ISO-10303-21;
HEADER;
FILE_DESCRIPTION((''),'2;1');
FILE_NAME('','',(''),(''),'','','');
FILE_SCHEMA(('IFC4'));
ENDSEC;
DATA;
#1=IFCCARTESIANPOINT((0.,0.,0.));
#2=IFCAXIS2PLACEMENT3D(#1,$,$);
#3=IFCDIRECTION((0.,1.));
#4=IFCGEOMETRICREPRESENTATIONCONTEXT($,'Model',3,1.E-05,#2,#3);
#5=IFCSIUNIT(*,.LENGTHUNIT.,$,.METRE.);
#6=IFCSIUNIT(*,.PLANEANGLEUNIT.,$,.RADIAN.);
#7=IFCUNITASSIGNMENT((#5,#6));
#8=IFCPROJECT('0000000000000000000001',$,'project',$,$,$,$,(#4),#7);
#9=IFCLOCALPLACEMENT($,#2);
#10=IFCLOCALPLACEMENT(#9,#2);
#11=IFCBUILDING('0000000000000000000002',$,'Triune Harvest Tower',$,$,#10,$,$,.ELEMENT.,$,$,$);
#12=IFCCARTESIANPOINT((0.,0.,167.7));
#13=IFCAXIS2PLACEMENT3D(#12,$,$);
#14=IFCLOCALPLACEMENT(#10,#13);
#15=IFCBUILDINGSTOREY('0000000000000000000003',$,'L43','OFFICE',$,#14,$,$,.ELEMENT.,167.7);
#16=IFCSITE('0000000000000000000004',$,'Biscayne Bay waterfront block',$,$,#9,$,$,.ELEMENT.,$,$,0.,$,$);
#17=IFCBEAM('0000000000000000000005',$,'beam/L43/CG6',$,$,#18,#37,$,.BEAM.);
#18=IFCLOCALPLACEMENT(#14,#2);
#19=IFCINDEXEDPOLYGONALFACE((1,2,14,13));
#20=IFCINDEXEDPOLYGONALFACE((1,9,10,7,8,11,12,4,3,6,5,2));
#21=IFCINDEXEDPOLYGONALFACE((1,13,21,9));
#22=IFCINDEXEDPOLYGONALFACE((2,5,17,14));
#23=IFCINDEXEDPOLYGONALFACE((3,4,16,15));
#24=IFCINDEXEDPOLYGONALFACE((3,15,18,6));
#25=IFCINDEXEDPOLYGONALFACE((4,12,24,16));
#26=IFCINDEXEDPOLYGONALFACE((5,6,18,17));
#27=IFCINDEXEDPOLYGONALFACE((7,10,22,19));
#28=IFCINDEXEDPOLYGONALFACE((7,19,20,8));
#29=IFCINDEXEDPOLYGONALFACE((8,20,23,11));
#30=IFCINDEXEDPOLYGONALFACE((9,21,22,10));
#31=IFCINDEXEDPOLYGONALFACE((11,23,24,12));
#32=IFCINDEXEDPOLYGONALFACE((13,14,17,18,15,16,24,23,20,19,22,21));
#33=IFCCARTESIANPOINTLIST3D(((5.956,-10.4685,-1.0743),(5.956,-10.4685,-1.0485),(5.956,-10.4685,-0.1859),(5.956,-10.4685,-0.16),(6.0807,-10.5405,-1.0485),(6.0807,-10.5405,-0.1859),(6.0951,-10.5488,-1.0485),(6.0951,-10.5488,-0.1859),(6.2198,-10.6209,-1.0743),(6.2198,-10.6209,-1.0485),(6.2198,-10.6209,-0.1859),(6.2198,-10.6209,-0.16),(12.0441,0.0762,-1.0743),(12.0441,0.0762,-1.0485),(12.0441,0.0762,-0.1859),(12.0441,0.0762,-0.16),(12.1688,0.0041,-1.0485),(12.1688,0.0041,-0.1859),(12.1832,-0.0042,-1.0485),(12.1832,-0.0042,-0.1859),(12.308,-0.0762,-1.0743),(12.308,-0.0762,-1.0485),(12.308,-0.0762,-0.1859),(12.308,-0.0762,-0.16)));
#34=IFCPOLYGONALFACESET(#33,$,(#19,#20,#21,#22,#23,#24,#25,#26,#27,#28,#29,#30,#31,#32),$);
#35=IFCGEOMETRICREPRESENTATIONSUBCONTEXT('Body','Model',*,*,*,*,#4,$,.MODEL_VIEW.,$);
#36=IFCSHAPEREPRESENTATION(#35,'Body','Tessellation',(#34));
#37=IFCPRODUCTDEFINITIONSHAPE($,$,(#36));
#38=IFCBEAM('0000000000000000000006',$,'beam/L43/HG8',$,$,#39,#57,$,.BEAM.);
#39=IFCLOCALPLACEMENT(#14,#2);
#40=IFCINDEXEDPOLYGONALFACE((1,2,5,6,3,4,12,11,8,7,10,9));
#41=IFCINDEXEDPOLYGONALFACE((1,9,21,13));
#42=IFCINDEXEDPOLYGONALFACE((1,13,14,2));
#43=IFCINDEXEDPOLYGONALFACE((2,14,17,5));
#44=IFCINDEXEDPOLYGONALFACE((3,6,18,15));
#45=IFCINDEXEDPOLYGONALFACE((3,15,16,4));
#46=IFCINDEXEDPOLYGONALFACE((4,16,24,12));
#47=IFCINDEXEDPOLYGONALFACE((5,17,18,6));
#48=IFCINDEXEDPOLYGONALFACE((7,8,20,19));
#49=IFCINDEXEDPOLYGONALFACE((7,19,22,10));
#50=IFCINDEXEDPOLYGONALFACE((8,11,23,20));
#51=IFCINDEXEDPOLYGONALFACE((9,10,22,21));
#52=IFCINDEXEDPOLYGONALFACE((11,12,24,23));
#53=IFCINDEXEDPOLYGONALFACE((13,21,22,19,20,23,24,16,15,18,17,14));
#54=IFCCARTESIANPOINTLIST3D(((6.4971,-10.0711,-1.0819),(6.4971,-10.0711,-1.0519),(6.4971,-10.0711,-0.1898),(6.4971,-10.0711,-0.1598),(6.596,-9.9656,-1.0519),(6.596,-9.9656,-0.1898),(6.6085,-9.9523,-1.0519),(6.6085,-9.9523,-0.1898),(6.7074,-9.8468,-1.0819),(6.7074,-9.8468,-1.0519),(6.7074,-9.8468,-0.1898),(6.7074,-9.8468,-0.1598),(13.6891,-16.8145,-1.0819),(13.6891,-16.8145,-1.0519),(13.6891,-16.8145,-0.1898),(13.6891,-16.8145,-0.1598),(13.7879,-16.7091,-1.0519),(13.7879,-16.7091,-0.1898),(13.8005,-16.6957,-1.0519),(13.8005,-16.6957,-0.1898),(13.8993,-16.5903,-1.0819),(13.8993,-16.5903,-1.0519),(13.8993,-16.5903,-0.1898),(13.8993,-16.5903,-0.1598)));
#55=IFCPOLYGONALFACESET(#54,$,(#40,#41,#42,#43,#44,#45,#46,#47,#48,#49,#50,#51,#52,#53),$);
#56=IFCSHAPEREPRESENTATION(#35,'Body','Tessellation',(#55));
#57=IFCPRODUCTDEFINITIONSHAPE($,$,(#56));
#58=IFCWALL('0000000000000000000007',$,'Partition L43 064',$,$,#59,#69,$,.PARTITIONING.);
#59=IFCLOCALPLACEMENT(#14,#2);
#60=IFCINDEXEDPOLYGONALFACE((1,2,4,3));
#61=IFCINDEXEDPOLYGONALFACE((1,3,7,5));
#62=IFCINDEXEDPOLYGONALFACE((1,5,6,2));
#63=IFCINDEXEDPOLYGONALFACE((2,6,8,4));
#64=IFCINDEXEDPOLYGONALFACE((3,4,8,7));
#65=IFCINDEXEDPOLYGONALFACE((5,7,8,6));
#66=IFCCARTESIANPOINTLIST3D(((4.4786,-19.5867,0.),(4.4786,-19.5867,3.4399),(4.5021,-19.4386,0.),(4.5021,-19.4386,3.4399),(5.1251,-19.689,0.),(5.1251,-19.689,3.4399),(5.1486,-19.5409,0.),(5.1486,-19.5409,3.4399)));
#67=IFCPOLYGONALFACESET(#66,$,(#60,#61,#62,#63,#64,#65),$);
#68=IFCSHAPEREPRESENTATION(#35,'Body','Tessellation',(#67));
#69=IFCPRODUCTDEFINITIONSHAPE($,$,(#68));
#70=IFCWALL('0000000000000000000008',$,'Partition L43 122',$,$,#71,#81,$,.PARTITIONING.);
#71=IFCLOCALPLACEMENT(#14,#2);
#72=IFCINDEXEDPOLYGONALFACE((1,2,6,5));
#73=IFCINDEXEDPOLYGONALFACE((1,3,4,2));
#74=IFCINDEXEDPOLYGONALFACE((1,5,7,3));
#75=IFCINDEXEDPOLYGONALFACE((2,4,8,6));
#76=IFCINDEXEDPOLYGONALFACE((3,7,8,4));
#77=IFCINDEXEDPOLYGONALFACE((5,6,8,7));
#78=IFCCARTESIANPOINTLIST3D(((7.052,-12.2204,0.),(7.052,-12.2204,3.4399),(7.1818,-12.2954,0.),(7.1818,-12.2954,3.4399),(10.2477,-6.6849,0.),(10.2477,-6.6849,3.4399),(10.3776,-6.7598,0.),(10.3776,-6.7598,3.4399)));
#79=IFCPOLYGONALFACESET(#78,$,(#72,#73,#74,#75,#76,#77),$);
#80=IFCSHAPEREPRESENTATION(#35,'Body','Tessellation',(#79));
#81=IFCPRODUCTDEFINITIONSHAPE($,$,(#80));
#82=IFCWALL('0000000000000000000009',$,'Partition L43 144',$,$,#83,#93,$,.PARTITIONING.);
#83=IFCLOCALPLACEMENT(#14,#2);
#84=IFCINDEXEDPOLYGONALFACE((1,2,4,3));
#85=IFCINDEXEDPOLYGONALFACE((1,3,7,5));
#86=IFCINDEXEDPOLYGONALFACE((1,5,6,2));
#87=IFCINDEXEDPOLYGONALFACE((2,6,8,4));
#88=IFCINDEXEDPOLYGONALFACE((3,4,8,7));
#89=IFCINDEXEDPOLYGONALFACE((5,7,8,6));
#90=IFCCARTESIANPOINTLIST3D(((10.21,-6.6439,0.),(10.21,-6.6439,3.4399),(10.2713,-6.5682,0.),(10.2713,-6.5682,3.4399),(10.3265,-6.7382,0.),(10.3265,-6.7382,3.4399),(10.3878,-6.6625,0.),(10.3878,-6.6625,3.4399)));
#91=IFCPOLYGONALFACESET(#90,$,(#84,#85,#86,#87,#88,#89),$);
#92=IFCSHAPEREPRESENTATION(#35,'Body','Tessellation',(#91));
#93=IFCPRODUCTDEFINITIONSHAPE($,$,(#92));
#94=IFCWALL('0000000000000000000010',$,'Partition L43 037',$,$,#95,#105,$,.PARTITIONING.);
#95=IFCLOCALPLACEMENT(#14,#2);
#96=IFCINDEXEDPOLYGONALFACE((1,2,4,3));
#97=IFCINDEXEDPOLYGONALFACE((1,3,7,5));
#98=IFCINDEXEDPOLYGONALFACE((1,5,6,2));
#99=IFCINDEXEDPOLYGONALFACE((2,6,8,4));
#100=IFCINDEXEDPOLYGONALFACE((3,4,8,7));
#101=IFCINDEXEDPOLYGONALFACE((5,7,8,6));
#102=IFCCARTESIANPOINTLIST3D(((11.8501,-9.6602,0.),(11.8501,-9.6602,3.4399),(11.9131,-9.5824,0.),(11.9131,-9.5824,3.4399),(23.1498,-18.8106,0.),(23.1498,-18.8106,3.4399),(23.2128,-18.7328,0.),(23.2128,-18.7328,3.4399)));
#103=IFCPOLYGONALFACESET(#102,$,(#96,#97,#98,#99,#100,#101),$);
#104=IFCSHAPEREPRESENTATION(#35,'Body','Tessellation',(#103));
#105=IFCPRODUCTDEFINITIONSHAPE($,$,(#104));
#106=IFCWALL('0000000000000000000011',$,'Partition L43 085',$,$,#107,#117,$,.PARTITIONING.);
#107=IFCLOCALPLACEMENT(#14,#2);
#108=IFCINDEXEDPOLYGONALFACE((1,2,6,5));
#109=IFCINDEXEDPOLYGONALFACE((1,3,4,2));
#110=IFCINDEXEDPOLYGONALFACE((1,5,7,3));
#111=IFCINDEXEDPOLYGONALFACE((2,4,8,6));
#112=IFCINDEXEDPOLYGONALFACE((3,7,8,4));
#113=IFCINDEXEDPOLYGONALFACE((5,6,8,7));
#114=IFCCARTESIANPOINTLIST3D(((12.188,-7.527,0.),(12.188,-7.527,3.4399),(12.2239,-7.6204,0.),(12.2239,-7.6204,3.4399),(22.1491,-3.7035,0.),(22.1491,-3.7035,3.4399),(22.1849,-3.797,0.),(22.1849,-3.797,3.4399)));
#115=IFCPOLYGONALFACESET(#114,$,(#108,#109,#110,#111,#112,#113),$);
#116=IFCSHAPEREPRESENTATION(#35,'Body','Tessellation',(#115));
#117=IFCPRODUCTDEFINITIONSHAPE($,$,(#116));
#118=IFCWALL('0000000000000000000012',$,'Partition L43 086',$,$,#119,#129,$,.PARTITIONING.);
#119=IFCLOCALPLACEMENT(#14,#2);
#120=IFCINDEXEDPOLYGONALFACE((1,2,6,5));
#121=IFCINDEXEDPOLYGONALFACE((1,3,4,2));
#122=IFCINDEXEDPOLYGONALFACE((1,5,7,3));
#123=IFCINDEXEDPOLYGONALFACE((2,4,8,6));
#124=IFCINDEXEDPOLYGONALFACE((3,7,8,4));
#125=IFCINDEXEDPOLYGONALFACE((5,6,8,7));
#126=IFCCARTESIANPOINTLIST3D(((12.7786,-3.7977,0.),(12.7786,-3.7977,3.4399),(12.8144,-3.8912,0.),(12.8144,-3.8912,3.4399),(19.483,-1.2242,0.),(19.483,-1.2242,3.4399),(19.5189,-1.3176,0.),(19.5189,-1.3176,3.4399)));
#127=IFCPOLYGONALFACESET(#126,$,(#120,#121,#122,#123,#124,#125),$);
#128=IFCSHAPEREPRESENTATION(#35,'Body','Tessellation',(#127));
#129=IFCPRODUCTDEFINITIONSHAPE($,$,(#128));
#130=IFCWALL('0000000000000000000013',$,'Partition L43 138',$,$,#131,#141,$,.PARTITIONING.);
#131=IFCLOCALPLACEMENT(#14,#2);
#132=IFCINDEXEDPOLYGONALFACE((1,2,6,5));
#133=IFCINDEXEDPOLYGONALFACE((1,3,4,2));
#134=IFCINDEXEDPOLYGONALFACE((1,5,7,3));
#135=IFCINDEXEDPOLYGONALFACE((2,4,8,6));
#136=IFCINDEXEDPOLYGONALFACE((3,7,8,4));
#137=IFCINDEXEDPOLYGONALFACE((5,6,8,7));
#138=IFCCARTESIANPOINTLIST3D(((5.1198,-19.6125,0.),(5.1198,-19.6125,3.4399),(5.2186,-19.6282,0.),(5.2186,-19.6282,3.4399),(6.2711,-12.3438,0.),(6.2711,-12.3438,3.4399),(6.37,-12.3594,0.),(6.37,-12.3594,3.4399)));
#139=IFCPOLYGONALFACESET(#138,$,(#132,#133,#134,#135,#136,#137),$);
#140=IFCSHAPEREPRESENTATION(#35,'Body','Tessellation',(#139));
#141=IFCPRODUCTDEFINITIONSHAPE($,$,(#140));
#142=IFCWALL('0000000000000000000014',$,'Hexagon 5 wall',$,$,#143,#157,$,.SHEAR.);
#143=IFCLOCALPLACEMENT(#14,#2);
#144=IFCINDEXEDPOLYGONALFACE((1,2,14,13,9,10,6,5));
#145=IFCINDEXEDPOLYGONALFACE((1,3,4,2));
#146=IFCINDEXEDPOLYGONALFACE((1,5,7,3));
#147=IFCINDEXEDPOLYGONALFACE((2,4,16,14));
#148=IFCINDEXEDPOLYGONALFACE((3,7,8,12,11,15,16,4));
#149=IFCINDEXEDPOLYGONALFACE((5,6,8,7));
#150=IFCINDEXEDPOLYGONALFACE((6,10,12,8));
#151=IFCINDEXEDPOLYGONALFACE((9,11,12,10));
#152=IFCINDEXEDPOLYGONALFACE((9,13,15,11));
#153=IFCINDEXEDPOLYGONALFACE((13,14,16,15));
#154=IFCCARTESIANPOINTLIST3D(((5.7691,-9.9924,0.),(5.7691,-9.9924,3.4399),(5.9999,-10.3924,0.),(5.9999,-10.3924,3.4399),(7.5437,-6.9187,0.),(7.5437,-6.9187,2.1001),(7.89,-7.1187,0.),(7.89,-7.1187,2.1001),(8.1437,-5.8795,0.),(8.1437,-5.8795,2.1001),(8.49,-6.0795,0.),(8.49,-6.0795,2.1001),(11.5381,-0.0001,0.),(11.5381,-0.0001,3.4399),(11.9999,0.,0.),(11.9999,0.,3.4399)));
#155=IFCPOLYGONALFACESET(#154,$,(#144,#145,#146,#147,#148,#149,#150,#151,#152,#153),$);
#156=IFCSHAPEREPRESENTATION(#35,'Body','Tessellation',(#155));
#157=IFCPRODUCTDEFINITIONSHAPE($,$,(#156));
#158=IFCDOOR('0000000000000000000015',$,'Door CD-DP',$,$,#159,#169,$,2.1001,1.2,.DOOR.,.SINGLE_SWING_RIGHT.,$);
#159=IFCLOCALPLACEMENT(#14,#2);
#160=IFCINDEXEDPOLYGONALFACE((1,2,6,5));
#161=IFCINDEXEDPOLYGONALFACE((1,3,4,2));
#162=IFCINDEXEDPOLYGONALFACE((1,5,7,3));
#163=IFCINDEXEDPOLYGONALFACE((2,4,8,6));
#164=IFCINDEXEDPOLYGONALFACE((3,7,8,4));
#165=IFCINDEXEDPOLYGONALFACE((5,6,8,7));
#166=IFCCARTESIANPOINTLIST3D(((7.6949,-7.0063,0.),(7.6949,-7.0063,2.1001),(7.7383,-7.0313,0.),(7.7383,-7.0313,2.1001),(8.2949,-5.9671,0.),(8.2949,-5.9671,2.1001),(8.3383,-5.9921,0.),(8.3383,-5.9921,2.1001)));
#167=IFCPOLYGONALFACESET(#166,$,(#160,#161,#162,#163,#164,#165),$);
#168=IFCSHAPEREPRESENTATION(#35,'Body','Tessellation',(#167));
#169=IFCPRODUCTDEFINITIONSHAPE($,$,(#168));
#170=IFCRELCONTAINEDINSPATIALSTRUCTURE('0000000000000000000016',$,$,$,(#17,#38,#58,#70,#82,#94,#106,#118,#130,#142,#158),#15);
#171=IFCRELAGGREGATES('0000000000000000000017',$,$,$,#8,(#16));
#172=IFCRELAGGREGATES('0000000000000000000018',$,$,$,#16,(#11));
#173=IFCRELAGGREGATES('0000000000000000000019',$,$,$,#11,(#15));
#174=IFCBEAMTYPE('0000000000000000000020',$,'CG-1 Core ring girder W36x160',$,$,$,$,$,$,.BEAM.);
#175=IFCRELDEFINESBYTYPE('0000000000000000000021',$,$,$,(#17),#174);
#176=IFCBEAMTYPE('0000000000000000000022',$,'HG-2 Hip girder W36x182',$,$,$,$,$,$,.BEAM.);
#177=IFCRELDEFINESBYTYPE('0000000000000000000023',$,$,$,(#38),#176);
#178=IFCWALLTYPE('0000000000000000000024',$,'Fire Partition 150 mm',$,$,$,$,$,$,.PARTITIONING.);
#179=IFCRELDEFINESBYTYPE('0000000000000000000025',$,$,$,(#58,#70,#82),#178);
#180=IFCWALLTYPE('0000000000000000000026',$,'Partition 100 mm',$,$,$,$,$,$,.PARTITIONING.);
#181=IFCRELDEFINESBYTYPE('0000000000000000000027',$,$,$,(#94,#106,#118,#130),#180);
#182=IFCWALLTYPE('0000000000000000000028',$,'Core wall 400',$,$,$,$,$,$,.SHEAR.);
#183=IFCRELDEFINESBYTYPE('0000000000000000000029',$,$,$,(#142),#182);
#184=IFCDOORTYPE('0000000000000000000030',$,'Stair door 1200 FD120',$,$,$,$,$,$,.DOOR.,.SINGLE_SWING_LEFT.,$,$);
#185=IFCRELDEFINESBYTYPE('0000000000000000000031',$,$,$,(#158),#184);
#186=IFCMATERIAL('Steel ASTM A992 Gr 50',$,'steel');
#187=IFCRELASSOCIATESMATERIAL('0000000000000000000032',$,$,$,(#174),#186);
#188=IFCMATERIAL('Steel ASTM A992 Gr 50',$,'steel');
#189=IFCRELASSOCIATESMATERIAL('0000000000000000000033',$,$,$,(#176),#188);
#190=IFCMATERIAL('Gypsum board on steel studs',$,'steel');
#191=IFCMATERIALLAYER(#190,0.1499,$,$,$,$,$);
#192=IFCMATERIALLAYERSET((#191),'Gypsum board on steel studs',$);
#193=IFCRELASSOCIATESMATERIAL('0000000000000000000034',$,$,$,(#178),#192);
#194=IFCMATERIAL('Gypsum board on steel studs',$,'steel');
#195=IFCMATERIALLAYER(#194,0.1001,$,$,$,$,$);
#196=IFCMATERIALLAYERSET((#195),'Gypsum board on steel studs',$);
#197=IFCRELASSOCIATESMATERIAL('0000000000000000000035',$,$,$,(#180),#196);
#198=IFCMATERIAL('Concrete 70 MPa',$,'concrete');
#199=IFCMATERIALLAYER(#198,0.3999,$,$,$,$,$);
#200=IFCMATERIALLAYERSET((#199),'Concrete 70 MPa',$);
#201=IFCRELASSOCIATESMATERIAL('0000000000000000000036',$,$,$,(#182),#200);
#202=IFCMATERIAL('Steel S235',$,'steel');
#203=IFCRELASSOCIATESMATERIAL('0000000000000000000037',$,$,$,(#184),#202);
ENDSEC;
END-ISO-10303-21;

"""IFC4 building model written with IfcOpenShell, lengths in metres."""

from ifc_helpers import new_model, si_unit, direction, frame, frame_2d, origin, origin_2d, place, context, subcontext, project, spatial, polyline, rectangle, i_section, outline, extrude, source, transform, mapped, material, layer, layer_set, material_profile, profile_set, type_object, element, fill, save


model = new_model("IFC4")

# Units and contexts
model_context = context("Model", 3, precision=1e-05, world=origin(), true_north=direction((0.0, 1.0)))
body_context = subcontext(model_context, "Body", "Model", "MODEL_VIEW")
ifc_project = project(units=[si_unit("LENGTHUNIT", "METRE"), si_unit("PLANEANGLEUNIT", "RADIAN")], contexts=[model_context])

# Site, building, storey
site_placement = place(None, origin())
site = spatial("IfcSite", under=ifc_project, at=site_placement, Name="Biscayne Bay waterfront block", CompositionType="ELEMENT", RefElevation=0.0)
building_placement = place(site_placement, origin())
building = spatial("IfcBuilding", under=site, at=building_placement, Name="Triune Harvest Tower", CompositionType="ELEMENT")
storey_placement = place(building_placement, frame((0.0, 0.0, 167.7)))
storey = spatial("IfcBuildingStorey", under=building, at=storey_placement, Name="L43", Description="OFFICE", CompositionType="ELEMENT", Elevation=167.7)

# Beams
ifc_material_1 = material(Name="Steel ASTM A992 Gr 50", Category="steel")
ifc_material_profile_1 = material_profile(ifc_material_1, i_section(OverallWidth=0.3047, OverallDepth=0.9143, WebThickness=0.0166, FlangeThickness=0.0259, at=origin_2d()), Name="W36x160")
ifc_profile_set_1 = profile_set([ifc_material_profile_1], Name="Steel ASTM A992 Gr 50")
beam_type_1 = type_object("IfcBeamType", Name="CG-1 Core ring girder W36x160", PredefinedType="BEAM", material=ifc_profile_set_1)
shared_shape_1 = source(origin(), body_context, "Body", "SweptSolid", [
    extrude(i_section(OverallWidth=0.3047, OverallDepth=0.9143, WebThickness=0.0166, FlangeThickness=0.0259, at=origin_2d()), origin(), (0.0, 0.0, 1.0), 12.176),
])
beam_1_placement = place(storey_placement, frame((6.0879, -10.5447, -0.6172), z_axis=(0.50001, 0.86602, 0.0), x_axis=(-0.86602, 0.50001, 0.0)))
element("IfcBeam", 1, at=beam_1_placement, inside=storey, type_object=beam_type_1, Name="beam/L43/CG6", PredefinedType="BEAM", context=body_context, shape_type="MappedRepresentation", body=[
    mapped(shared_shape_1, transform((0.0, 0.0, 0.0), scale=1.0)),
])
ifc_material_2 = material(Name="Steel ASTM A992 Gr 50", Category="steel")
ifc_material_profile_2 = material_profile(ifc_material_2, i_section(OverallWidth=0.3074, OverallDepth=0.9221, WebThickness=0.0183, FlangeThickness=0.03, at=origin_2d()), Name="W36x182")
ifc_profile_set_2 = profile_set([ifc_material_profile_2], Name="Steel ASTM A992 Gr 50")
beam_type_2 = type_object("IfcBeamType", Name="HG-2 Hip girder W36x182", PredefinedType="BEAM", material=ifc_profile_set_2)
shared_shape_2 = source(origin(), body_context, "Body", "SweptSolid", [
    extrude(i_section(OverallWidth=0.3074, OverallDepth=0.9221, WebThickness=0.0183, FlangeThickness=0.03, at=origin_2d()), origin(), (0.0, 0.0, 1.0), 9.8589),
])
beam_2_placement = place(storey_placement, frame((13.7942, -16.7024, -0.6208), z_axis=(-0.729486, 0.683995, 0.0), x_axis=(-0.683995, -0.729486, 0.0)))
element("IfcBeam", 2, at=beam_2_placement, inside=storey, type_object=beam_type_2, Name="beam/L43/HG8", PredefinedType="BEAM", context=body_context, shape_type="MappedRepresentation", body=[
    mapped(shared_shape_2, transform((0.0, 0.0, 0.0), scale=1.0)),
])

# Walls
ifc_material_3 = material(Name="Gypsum board on steel studs", Category="steel")
ifc_layer_1 = layer(ifc_material_3, 0.1499)
ifc_layer_set_1 = layer_set([ifc_layer_1], Name="Gypsum board on steel studs")
wall_type_1 = type_object("IfcWallType", Name="Fire Partition 150 mm", PredefinedType="PARTITIONING", material=ifc_layer_set_1)
wall_1_placement = place(storey_placement, frame((4.4905, -19.5127, 0.0), z_axis=(0.0, 0.0, 1.0), x_axis=(0.987711, -0.156288, 0.0)))
element("IfcWall", 3, at=wall_1_placement, inside=storey, type_object=wall_type_1, Name="Partition L43 064", PredefinedType="PARTITIONING", context=body_context, shape_type="SweptSolid", body=[
    extrude(rectangle(XDim=0.6545, YDim=0.1499, at=frame_2d((0.3271, 0.0))), origin(), (0.0, 0.0, 1.0), 3.4399),
])
wall_2_placement = place(storey_placement, frame((7.1169, -12.2578, 0.0), z_axis=(0.0, 0.0, 1.0), x_axis=(0.499976, 0.866039, 0.0)))
element("IfcWall", 4, at=wall_2_placement, inside=storey, type_object=wall_type_1, Name="Partition L43 122", PredefinedType="PARTITIONING", context=body_context, shape_type="SweptSolid", body=[
    extrude(rectangle(XDim=6.3918, YDim=0.1499, at=frame_2d((3.1958, 0.0))), origin(), (0.0, 0.0, 1.0), 3.4399),
])
wall_3_placement = place(storey_placement, frame((10.3296, -6.6152, 0.0), z_axis=(0.0, 0.0, 1.0), x_axis=(-0.62927, -0.777186, 0.0)))
element("IfcWall", 5, at=wall_3_placement, inside=storey, type_object=wall_type_1, Name="Partition L43 144", PredefinedType="PARTITIONING", context=body_context, shape_type="SweptSolid", body=[
    extrude(rectangle(XDim=0.0974, YDim=0.1499, at=frame_2d((0.0488, 0.0))), origin(), (0.0, 0.0, 1.0), 3.4399),
])
ifc_material_4 = material(Name="Gypsum board on steel studs", Category="steel")
ifc_layer_2 = layer(ifc_material_4, 0.1001)
ifc_layer_set_2 = layer_set([ifc_layer_2], Name="Gypsum board on steel studs")
wall_type_2 = type_object("IfcWallType", Name="Partition 100 mm", PredefinedType="PARTITIONING", material=ifc_layer_set_2)
wall_4_placement = place(storey_placement, frame((11.8816, -9.6213, 0.0), z_axis=(0.0, 0.0, 1.0), x_axis=(0.777146, -0.62932, 0.0)))
element("IfcWall", 6, at=wall_4_placement, inside=storey, type_object=wall_type_2, Name="Partition L43 037", PredefinedType="PARTITIONING", context=body_context, shape_type="SweptSolid", body=[
    extrude(rectangle(XDim=14.54, YDim=0.1001, at=frame_2d((7.27, 0.0))), origin(), (0.0, 0.0, 1.0), 3.4399),
])
wall_5_placement = place(storey_placement, frame((12.2058, -7.5737, 0.0), z_axis=(0.0, 0.0, 1.0), x_axis=(0.933588, 0.358347, 0.0)))
element("IfcWall", 7, at=wall_5_placement, inside=storey, type_object=wall_type_2, Name="Partition L43 085", PredefinedType="PARTITIONING", context=body_context, shape_type="SweptSolid", body=[
    extrude(rectangle(XDim=10.6697, YDim=0.1001, at=frame_2d((5.335, 0.0))), origin(), (0.0, 0.0, 1.0), 3.4399),
])
wall_6_placement = place(storey_placement, frame((12.7964, -3.8445, 0.0), z_axis=(0.0, 0.0, 1.0), x_axis=(0.933584, 0.358359, 0.0)))
element("IfcWall", 8, at=wall_6_placement, inside=storey, type_object=wall_type_2, Name="Partition L43 086", PredefinedType="PARTITIONING", context=body_context, shape_type="SweptSolid", body=[
    extrude(rectangle(XDim=7.1814, YDim=0.1001, at=frame_2d((3.5908, 0.0))), origin(), (0.0, 0.0, 1.0), 3.4399),
])
wall_7_placement = place(storey_placement, frame((5.1692, -19.6204, 0.0), z_axis=(0.0, 0.0, 1.0), x_axis=(0.156448, 0.987686, 0.0)))
element("IfcWall", 9, at=wall_7_placement, inside=storey, type_object=wall_type_2, Name="Partition L43 138", PredefinedType="PARTITIONING", context=body_context, shape_type="SweptSolid", body=[
    extrude(rectangle(XDim=7.3594, YDim=0.1001, at=frame_2d((3.6797, 0.0))), origin(), (0.0, 0.0, 1.0), 3.4399),
])

# Wall, opening, door
ifc_material_5 = material(Name="Concrete 70 MPa", Category="concrete")
ifc_layer_3 = layer(ifc_material_5, 0.3999)
ifc_layer_set_3 = layer_set([ifc_layer_3], Name="Concrete 70 MPa")
wall_type_3 = type_object("IfcWallType", Name="Core wall 400", PredefinedType="SHEAR", material=ifc_layer_set_3)
shared_shape_3 = source(origin(), body_context, "Body", "SweptSolid", [
    extrude(outline(polyline([(-0.1155, -0.2), (11.8845, -0.2), (11.6536, 0.2), (0.1155, 0.2), (-0.1155, -0.2)])), origin(), (0.0, 0.0, 1.0), 3.4399),
])
wall_8_placement = place(storey_placement, frame((5.8845, -10.1924, 0.0), z_axis=(0.0, 0.0, 1.0), x_axis=(0.499997, 0.866027, 0.0)))
wall_8 = element("IfcWall", 10, at=wall_8_placement, inside=storey, type_object=wall_type_3, Name="Hexagon 5 wall", PredefinedType="SHEAR", context=body_context, shape_type="MappedRepresentation", body=[
    mapped(shared_shape_3, transform((0.0, 0.0, 0.0), scale=1.0)),
])
opening_1_placement = place(wall_8_placement, frame((3.6646, 0.0, 0.0)))
opening_1 = element("IfcOpeningElement", 11, at=opening_1_placement, cuts=wall_8, PredefinedType="OPENING", context=body_context, shape_type="SweptSolid", body=[
    extrude(rectangle(XDim=1.2, YDim=2.1001, at=frame_2d((0.6001, 1.05))), frame((0.0, 0.21, 0.0), z_axis=(0.0, -1.0, 0.0), x_axis=(1.0, 0.0, 0.0)), (0.0, 0.0, 1.0), 0.4199),
])
ifc_material_6 = material(Name="Steel S235", Category="steel")
door_type_1 = type_object("IfcDoorType", Name="Stair door 1200 FD120", OperationType="SINGLE_SWING_LEFT", PredefinedType="DOOR", material=ifc_material_6)
door_1_placement = place(opening_1_placement, frame((1.2, 0.0, 0.0), z_axis=(0.0, 0.0, 1.0), x_axis=(-1.0, 0.0, 0.0)))
door_1 = element("IfcDoor", 12, at=door_1_placement, inside=storey, type_object=door_type_1, Name="Door CD-DP", OperationType="SINGLE_SWING_RIGHT", OverallHeight=2.1001, OverallWidth=1.2, PredefinedType="DOOR", context=body_context, shape_type="SweptSolid", body=[
    extrude(rectangle(XDim=1.2, YDim=2.1001, at=frame_2d((0.6001, 1.05))), frame((0.0, 0.0249, 0.0), z_axis=(0.0, -1.0, 0.0), x_axis=(1.0, 0.0, 0.0)), (0.0, 0.0, 1.0), 0.05),
])
fill(opening_1, door_1)

save(model, "model.ifc")
